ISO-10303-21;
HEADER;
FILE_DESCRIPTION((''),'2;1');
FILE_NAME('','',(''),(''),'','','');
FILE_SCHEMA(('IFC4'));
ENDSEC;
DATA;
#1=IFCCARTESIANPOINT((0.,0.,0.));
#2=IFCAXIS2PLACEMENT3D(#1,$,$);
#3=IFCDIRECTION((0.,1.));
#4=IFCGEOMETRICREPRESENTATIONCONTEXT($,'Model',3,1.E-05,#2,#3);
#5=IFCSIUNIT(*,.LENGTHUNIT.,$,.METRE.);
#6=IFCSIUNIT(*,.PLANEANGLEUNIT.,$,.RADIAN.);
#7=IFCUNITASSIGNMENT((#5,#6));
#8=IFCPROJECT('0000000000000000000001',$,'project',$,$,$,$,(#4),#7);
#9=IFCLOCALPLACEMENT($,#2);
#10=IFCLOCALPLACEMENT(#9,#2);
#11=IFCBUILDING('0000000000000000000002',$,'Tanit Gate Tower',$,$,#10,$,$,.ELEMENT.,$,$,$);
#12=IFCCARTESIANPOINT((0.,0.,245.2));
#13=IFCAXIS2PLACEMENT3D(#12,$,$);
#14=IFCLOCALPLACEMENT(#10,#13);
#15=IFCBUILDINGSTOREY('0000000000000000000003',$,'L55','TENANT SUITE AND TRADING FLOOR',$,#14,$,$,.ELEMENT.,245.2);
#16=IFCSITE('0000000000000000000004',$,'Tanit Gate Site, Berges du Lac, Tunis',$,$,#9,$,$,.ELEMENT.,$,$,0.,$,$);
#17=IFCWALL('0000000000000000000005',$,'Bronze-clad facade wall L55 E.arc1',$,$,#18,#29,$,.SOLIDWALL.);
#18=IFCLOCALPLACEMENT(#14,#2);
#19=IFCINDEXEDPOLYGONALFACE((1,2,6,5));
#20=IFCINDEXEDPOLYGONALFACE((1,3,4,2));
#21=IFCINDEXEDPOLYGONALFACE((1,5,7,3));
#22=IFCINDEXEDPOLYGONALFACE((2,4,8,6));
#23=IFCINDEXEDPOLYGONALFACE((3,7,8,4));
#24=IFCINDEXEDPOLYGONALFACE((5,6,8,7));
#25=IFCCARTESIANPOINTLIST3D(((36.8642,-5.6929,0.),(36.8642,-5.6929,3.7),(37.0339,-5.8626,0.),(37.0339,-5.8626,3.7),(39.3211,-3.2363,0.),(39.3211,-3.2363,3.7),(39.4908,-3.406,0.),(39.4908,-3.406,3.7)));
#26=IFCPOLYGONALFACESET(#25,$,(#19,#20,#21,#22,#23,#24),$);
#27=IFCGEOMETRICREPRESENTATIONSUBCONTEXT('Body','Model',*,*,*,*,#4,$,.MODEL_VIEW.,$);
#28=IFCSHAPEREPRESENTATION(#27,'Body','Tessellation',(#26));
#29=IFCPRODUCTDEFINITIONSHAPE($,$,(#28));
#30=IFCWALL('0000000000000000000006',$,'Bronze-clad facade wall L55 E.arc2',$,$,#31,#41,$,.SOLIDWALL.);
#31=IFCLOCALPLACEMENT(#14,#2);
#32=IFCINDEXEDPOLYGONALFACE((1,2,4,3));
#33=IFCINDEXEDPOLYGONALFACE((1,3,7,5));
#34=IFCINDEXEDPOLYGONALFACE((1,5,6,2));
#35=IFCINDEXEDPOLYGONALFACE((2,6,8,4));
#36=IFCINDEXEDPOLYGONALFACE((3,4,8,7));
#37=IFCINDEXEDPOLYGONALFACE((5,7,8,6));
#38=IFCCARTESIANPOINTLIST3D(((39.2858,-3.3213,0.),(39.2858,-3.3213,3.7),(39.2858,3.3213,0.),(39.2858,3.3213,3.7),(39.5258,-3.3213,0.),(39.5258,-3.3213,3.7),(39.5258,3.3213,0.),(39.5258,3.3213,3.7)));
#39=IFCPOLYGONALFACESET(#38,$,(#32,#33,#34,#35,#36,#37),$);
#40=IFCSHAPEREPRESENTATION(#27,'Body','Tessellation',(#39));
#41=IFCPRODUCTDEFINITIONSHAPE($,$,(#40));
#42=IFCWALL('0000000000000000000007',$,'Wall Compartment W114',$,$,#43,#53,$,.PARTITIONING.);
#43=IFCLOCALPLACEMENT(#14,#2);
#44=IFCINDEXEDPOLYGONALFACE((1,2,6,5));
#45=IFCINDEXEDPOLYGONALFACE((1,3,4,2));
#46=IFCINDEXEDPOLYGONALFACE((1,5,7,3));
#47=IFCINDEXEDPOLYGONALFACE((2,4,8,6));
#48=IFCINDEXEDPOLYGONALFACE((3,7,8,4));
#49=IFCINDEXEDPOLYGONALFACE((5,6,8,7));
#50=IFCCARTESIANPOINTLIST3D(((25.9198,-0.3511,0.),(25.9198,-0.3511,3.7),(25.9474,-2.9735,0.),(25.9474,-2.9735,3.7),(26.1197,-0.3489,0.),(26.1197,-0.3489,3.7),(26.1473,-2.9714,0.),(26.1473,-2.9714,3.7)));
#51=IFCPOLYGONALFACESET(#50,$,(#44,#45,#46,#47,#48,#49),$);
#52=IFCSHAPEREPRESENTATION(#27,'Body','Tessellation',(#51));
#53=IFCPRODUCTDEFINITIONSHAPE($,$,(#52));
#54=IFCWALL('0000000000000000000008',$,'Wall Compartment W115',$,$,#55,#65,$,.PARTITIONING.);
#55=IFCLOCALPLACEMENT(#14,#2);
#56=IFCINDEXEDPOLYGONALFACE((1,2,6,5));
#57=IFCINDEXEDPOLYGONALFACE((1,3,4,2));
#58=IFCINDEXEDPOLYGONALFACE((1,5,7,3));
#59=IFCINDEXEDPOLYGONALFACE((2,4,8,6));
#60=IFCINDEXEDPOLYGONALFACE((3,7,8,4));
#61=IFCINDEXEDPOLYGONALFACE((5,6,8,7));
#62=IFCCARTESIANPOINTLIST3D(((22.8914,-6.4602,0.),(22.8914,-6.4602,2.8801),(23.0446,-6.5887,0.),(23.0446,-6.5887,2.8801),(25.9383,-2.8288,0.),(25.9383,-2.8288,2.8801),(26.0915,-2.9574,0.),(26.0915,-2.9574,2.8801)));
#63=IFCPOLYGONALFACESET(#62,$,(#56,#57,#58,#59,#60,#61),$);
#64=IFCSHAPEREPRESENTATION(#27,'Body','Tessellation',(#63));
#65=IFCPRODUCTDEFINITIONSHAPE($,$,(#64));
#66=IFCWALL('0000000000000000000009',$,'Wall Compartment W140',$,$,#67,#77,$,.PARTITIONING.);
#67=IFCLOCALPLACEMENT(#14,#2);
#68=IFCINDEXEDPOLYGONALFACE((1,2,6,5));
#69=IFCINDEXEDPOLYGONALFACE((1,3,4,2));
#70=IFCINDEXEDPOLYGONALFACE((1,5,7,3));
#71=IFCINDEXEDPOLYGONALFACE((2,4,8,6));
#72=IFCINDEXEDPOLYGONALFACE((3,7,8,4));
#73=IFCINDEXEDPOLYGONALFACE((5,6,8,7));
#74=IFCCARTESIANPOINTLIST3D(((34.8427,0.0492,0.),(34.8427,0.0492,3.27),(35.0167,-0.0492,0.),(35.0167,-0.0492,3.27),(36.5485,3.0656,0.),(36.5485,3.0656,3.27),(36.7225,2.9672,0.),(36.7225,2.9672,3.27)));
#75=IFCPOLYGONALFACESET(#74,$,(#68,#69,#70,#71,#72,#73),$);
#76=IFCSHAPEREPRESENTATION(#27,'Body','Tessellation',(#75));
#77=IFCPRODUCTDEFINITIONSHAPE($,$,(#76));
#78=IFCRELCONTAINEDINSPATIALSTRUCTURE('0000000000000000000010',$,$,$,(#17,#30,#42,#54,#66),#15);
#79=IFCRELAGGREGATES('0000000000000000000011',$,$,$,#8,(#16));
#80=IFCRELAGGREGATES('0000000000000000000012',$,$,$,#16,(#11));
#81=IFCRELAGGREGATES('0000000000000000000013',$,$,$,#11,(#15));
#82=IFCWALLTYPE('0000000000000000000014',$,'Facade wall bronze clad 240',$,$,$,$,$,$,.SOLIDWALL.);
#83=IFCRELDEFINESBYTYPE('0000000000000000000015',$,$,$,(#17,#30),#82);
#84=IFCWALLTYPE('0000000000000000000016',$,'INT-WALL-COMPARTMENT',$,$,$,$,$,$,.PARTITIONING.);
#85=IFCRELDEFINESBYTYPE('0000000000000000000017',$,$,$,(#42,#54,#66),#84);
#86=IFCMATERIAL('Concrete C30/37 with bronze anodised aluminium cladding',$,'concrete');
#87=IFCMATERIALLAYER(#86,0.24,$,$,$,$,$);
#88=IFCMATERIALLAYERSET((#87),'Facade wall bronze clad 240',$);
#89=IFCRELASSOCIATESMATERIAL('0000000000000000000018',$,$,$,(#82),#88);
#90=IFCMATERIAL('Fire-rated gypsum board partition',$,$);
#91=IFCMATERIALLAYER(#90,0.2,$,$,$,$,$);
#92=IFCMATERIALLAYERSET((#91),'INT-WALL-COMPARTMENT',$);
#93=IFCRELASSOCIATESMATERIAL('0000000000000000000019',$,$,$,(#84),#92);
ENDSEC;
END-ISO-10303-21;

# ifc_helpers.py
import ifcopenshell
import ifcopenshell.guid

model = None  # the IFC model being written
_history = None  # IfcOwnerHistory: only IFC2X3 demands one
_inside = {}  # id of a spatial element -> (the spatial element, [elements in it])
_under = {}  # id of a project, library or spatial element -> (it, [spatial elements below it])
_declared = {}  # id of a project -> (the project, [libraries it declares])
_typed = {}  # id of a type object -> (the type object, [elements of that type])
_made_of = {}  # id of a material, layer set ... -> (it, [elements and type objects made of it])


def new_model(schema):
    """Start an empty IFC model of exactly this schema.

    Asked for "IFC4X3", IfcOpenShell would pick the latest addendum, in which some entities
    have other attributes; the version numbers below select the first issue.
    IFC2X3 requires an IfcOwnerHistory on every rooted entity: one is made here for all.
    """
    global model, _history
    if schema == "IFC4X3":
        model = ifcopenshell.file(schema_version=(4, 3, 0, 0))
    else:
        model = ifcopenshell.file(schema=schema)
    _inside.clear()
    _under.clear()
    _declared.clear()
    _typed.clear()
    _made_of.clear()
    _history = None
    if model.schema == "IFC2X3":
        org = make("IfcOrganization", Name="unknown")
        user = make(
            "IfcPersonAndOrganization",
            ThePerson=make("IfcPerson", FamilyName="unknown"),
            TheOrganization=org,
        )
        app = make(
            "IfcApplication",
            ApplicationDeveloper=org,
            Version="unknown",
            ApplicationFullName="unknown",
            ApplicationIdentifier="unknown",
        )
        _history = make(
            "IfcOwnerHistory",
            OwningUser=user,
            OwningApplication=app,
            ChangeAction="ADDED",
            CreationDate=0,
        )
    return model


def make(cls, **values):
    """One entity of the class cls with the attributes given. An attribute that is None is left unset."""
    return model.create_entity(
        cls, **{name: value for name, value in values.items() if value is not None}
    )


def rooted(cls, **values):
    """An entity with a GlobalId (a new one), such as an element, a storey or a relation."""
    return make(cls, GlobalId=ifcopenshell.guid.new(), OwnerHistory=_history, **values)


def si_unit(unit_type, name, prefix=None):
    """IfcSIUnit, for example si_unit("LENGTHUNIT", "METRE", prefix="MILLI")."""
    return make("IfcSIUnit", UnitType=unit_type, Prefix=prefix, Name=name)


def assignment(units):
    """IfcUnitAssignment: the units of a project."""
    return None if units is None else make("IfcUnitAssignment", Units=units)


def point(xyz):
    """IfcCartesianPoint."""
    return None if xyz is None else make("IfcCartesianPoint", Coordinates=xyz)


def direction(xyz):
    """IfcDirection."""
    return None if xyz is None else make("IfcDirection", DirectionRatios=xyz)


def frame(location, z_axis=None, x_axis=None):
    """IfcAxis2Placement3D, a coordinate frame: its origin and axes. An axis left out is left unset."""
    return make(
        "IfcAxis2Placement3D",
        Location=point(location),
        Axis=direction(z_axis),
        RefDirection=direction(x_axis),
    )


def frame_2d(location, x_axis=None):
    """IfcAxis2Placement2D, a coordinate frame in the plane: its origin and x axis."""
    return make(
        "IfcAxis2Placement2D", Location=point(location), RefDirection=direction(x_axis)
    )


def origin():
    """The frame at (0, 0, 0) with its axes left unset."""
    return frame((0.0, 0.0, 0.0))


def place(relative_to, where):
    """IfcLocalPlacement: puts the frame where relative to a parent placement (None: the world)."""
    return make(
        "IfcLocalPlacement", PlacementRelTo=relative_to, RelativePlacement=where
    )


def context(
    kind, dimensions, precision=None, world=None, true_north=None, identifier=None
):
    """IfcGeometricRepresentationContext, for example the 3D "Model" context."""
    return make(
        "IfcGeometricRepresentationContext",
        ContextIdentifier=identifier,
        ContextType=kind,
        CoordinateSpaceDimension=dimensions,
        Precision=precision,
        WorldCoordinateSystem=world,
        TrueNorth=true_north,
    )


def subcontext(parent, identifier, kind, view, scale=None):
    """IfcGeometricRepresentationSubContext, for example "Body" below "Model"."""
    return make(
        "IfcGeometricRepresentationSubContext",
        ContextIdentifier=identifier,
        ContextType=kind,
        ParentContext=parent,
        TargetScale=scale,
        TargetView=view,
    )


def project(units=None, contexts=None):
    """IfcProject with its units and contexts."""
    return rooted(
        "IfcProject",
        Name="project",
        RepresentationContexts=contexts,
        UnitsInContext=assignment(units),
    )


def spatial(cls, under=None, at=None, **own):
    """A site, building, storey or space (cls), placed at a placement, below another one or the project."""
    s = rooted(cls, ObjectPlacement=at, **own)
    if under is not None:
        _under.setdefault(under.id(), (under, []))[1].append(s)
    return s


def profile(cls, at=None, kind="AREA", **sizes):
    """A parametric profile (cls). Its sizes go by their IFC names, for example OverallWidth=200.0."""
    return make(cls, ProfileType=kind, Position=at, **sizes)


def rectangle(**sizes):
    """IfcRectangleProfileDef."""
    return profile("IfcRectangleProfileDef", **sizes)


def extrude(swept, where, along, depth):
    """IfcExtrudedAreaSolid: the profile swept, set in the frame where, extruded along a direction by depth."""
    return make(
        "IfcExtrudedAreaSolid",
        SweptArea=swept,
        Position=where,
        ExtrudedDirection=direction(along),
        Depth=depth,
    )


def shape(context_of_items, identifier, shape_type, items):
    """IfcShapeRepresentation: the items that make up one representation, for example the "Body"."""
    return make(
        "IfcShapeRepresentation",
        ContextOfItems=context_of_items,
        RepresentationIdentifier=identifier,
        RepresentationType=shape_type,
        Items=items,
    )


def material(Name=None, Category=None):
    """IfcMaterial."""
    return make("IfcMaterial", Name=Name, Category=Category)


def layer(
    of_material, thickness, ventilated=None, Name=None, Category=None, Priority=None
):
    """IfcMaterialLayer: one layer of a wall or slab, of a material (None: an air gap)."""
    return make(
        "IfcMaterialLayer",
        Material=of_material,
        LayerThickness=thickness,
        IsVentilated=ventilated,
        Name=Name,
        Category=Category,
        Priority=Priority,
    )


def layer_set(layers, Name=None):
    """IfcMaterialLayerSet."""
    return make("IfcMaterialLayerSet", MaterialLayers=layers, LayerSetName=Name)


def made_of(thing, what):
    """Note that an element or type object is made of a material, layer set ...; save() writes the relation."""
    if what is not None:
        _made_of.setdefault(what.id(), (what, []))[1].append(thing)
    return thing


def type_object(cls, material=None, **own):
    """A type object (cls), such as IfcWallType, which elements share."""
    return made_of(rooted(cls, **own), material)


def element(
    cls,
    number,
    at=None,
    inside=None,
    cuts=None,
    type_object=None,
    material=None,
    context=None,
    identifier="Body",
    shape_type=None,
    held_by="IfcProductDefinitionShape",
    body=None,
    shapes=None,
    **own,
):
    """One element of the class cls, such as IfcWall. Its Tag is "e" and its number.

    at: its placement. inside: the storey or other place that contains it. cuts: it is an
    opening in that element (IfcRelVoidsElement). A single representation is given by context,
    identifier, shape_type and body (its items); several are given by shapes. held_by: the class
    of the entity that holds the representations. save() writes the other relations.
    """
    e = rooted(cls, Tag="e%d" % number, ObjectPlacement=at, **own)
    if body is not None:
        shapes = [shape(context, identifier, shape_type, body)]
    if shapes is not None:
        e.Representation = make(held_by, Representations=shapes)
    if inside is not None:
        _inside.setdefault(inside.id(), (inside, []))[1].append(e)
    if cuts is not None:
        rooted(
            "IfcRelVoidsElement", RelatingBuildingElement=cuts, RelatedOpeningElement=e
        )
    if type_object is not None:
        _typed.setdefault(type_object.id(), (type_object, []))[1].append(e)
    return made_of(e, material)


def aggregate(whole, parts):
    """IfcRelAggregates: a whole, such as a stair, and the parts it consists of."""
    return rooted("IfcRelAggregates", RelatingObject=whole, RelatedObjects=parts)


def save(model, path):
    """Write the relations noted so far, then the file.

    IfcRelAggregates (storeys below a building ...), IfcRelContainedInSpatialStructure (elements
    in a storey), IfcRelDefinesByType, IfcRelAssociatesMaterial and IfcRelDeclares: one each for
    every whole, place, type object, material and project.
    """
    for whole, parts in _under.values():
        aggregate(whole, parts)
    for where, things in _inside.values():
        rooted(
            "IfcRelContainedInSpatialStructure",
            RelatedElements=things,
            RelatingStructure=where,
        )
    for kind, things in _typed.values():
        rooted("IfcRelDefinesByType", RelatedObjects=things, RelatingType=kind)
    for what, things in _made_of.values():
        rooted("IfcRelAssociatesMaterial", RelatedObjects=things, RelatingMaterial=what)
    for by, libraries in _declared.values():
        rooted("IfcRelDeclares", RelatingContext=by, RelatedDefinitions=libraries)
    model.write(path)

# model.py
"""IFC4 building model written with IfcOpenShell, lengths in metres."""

from ifc_helpers import new_model, si_unit, direction, frame, frame_2d, origin, place, context, subcontext, project, spatial, rectangle, extrude, material, layer, layer_set, type_object, element, save


model = new_model("IFC4")

# Units and contexts
model_context = context("Model", 3, precision=1e-05, world=origin(), true_north=direction((0.0, 1.0)))
body_context = subcontext(model_context, "Body", "Model", "MODEL_VIEW")
ifc_project = project(units=[si_unit("LENGTHUNIT", "METRE"), si_unit("PLANEANGLEUNIT", "RADIAN")], contexts=[model_context])

# Site, building, storey
site_placement = place(None, origin())
site = spatial("IfcSite", under=ifc_project, at=site_placement, Name="Tanit Gate Site, Berges du Lac, Tunis", CompositionType="ELEMENT", RefElevation=0.0)
building_placement = place(site_placement, origin())
building = spatial("IfcBuilding", under=site, at=building_placement, Name="Tanit Gate Tower", CompositionType="ELEMENT")
storey_placement = place(building_placement, frame((0.0, 0.0, 245.2)))
storey = spatial("IfcBuildingStorey", under=building, at=storey_placement, Name="L55", Description="TENANT SUITE AND TRADING FLOOR", CompositionType="ELEMENT", Elevation=245.2)

# Walls
ifc_material_1 = material(Name="Concrete C30/37 with bronze anodised aluminium cladding", Category="concrete")
ifc_layer_1 = layer(ifc_material_1, 0.24)
ifc_layer_set_1 = layer_set([ifc_layer_1], Name="Facade wall bronze clad 240")
wall_type_1 = type_object("IfcWallType", Name="Facade wall bronze clad 240", PredefinedType="SOLIDWALL", material=ifc_layer_set_1)
wall_1_placement = place(storey_placement, frame((36.949, -5.7778, 0.0), z_axis=(0.0, 0.0, 1.0), x_axis=(0.707142, 0.707072, 0.0)))
element("IfcWall", 1, at=wall_1_placement, inside=storey, type_object=wall_type_1, Name="Bronze-clad facade wall L55 E.arc1", PredefinedType="SOLIDWALL", context=body_context, shape_type="SweptSolid", body=[
    extrude(rectangle(XDim=3.4744, YDim=0.24, at=frame_2d((1.7373, 0.0))), origin(), (0.0, 0.0, 1.0), 3.7),
])
wall_2_placement = place(storey_placement, frame((39.4058, -3.3213, 0.0), z_axis=(0.0, 0.0, 1.0), x_axis=(0.0, 1.0, 0.0)))
element("IfcWall", 2, at=wall_2_placement, inside=storey, type_object=wall_type_1, Name="Bronze-clad facade wall L55 E.arc2", PredefinedType="SOLIDWALL", context=body_context, shape_type="SweptSolid", body=[
    extrude(rectangle(XDim=6.6426, YDim=0.24, at=frame_2d((3.3213, 0.0))), origin(), (0.0, 0.0, 1.0), 3.7),
])
ifc_material_2 = material(Name="Fire-rated gypsum board partition")
ifc_layer_2 = layer(ifc_material_2, 0.2)
ifc_layer_set_2 = layer_set([ifc_layer_2], Name="INT-WALL-COMPARTMENT")
wall_type_2 = type_object("IfcWallType", Name="INT-WALL-COMPARTMENT", PredefinedType="PARTITIONING", material=ifc_layer_set_2)
wall_3_placement = place(storey_placement, frame((26.0474, -2.9724, 0.0), z_axis=(0.0, 0.0, 1.0), x_axis=(-0.01052, 0.999945, 0.0)))
element("IfcWall", 3, at=wall_3_placement, inside=storey, type_object=wall_type_2, Name="Wall Compartment W114", PredefinedType="PARTITIONING", context=body_context, shape_type="SweptSolid", body=[
    extrude(rectangle(XDim=2.6226, YDim=0.2, at=frame_2d((1.3113, 0.0))), origin(), (0.0, 0.0, 1.0), 3.7),
])
wall_4_placement = place(storey_placement, frame((22.968, -6.5244, 0.0), z_axis=(0.0, 0.0, 1.0), x_axis=(0.642764, 0.766064, 0.0)))
element("IfcWall", 4, at=wall_4_placement, inside=storey, type_object=wall_type_2, Name="Wall Compartment W115", PredefinedType="PARTITIONING", context=body_context, shape_type="SweptSolid", body=[
    extrude(rectangle(XDim=4.7402, YDim=0.2, at=frame_2d((2.3701, 0.0))), origin(), (0.0, 0.0, 1.0), 2.8801),
])
wall_5_placement = place(storey_placement, frame((34.9297, 0.0, 0.0), z_axis=(0.0, 0.0, 1.0), x_axis=(0.492257, 0.87045, 0.0)))
element("IfcWall", 5, at=wall_5_placement, inside=storey, type_object=wall_type_2, Name="Wall Compartment W140", PredefinedType="PARTITIONING", context=body_context, shape_type="SweptSolid", body=[
    extrude(rectangle(XDim=3.4653, YDim=0.2, at=frame_2d((1.7327, 0.0))), origin(), (0.0, 0.0, 1.0), 3.27),
])

save(model, "model.ifc")
